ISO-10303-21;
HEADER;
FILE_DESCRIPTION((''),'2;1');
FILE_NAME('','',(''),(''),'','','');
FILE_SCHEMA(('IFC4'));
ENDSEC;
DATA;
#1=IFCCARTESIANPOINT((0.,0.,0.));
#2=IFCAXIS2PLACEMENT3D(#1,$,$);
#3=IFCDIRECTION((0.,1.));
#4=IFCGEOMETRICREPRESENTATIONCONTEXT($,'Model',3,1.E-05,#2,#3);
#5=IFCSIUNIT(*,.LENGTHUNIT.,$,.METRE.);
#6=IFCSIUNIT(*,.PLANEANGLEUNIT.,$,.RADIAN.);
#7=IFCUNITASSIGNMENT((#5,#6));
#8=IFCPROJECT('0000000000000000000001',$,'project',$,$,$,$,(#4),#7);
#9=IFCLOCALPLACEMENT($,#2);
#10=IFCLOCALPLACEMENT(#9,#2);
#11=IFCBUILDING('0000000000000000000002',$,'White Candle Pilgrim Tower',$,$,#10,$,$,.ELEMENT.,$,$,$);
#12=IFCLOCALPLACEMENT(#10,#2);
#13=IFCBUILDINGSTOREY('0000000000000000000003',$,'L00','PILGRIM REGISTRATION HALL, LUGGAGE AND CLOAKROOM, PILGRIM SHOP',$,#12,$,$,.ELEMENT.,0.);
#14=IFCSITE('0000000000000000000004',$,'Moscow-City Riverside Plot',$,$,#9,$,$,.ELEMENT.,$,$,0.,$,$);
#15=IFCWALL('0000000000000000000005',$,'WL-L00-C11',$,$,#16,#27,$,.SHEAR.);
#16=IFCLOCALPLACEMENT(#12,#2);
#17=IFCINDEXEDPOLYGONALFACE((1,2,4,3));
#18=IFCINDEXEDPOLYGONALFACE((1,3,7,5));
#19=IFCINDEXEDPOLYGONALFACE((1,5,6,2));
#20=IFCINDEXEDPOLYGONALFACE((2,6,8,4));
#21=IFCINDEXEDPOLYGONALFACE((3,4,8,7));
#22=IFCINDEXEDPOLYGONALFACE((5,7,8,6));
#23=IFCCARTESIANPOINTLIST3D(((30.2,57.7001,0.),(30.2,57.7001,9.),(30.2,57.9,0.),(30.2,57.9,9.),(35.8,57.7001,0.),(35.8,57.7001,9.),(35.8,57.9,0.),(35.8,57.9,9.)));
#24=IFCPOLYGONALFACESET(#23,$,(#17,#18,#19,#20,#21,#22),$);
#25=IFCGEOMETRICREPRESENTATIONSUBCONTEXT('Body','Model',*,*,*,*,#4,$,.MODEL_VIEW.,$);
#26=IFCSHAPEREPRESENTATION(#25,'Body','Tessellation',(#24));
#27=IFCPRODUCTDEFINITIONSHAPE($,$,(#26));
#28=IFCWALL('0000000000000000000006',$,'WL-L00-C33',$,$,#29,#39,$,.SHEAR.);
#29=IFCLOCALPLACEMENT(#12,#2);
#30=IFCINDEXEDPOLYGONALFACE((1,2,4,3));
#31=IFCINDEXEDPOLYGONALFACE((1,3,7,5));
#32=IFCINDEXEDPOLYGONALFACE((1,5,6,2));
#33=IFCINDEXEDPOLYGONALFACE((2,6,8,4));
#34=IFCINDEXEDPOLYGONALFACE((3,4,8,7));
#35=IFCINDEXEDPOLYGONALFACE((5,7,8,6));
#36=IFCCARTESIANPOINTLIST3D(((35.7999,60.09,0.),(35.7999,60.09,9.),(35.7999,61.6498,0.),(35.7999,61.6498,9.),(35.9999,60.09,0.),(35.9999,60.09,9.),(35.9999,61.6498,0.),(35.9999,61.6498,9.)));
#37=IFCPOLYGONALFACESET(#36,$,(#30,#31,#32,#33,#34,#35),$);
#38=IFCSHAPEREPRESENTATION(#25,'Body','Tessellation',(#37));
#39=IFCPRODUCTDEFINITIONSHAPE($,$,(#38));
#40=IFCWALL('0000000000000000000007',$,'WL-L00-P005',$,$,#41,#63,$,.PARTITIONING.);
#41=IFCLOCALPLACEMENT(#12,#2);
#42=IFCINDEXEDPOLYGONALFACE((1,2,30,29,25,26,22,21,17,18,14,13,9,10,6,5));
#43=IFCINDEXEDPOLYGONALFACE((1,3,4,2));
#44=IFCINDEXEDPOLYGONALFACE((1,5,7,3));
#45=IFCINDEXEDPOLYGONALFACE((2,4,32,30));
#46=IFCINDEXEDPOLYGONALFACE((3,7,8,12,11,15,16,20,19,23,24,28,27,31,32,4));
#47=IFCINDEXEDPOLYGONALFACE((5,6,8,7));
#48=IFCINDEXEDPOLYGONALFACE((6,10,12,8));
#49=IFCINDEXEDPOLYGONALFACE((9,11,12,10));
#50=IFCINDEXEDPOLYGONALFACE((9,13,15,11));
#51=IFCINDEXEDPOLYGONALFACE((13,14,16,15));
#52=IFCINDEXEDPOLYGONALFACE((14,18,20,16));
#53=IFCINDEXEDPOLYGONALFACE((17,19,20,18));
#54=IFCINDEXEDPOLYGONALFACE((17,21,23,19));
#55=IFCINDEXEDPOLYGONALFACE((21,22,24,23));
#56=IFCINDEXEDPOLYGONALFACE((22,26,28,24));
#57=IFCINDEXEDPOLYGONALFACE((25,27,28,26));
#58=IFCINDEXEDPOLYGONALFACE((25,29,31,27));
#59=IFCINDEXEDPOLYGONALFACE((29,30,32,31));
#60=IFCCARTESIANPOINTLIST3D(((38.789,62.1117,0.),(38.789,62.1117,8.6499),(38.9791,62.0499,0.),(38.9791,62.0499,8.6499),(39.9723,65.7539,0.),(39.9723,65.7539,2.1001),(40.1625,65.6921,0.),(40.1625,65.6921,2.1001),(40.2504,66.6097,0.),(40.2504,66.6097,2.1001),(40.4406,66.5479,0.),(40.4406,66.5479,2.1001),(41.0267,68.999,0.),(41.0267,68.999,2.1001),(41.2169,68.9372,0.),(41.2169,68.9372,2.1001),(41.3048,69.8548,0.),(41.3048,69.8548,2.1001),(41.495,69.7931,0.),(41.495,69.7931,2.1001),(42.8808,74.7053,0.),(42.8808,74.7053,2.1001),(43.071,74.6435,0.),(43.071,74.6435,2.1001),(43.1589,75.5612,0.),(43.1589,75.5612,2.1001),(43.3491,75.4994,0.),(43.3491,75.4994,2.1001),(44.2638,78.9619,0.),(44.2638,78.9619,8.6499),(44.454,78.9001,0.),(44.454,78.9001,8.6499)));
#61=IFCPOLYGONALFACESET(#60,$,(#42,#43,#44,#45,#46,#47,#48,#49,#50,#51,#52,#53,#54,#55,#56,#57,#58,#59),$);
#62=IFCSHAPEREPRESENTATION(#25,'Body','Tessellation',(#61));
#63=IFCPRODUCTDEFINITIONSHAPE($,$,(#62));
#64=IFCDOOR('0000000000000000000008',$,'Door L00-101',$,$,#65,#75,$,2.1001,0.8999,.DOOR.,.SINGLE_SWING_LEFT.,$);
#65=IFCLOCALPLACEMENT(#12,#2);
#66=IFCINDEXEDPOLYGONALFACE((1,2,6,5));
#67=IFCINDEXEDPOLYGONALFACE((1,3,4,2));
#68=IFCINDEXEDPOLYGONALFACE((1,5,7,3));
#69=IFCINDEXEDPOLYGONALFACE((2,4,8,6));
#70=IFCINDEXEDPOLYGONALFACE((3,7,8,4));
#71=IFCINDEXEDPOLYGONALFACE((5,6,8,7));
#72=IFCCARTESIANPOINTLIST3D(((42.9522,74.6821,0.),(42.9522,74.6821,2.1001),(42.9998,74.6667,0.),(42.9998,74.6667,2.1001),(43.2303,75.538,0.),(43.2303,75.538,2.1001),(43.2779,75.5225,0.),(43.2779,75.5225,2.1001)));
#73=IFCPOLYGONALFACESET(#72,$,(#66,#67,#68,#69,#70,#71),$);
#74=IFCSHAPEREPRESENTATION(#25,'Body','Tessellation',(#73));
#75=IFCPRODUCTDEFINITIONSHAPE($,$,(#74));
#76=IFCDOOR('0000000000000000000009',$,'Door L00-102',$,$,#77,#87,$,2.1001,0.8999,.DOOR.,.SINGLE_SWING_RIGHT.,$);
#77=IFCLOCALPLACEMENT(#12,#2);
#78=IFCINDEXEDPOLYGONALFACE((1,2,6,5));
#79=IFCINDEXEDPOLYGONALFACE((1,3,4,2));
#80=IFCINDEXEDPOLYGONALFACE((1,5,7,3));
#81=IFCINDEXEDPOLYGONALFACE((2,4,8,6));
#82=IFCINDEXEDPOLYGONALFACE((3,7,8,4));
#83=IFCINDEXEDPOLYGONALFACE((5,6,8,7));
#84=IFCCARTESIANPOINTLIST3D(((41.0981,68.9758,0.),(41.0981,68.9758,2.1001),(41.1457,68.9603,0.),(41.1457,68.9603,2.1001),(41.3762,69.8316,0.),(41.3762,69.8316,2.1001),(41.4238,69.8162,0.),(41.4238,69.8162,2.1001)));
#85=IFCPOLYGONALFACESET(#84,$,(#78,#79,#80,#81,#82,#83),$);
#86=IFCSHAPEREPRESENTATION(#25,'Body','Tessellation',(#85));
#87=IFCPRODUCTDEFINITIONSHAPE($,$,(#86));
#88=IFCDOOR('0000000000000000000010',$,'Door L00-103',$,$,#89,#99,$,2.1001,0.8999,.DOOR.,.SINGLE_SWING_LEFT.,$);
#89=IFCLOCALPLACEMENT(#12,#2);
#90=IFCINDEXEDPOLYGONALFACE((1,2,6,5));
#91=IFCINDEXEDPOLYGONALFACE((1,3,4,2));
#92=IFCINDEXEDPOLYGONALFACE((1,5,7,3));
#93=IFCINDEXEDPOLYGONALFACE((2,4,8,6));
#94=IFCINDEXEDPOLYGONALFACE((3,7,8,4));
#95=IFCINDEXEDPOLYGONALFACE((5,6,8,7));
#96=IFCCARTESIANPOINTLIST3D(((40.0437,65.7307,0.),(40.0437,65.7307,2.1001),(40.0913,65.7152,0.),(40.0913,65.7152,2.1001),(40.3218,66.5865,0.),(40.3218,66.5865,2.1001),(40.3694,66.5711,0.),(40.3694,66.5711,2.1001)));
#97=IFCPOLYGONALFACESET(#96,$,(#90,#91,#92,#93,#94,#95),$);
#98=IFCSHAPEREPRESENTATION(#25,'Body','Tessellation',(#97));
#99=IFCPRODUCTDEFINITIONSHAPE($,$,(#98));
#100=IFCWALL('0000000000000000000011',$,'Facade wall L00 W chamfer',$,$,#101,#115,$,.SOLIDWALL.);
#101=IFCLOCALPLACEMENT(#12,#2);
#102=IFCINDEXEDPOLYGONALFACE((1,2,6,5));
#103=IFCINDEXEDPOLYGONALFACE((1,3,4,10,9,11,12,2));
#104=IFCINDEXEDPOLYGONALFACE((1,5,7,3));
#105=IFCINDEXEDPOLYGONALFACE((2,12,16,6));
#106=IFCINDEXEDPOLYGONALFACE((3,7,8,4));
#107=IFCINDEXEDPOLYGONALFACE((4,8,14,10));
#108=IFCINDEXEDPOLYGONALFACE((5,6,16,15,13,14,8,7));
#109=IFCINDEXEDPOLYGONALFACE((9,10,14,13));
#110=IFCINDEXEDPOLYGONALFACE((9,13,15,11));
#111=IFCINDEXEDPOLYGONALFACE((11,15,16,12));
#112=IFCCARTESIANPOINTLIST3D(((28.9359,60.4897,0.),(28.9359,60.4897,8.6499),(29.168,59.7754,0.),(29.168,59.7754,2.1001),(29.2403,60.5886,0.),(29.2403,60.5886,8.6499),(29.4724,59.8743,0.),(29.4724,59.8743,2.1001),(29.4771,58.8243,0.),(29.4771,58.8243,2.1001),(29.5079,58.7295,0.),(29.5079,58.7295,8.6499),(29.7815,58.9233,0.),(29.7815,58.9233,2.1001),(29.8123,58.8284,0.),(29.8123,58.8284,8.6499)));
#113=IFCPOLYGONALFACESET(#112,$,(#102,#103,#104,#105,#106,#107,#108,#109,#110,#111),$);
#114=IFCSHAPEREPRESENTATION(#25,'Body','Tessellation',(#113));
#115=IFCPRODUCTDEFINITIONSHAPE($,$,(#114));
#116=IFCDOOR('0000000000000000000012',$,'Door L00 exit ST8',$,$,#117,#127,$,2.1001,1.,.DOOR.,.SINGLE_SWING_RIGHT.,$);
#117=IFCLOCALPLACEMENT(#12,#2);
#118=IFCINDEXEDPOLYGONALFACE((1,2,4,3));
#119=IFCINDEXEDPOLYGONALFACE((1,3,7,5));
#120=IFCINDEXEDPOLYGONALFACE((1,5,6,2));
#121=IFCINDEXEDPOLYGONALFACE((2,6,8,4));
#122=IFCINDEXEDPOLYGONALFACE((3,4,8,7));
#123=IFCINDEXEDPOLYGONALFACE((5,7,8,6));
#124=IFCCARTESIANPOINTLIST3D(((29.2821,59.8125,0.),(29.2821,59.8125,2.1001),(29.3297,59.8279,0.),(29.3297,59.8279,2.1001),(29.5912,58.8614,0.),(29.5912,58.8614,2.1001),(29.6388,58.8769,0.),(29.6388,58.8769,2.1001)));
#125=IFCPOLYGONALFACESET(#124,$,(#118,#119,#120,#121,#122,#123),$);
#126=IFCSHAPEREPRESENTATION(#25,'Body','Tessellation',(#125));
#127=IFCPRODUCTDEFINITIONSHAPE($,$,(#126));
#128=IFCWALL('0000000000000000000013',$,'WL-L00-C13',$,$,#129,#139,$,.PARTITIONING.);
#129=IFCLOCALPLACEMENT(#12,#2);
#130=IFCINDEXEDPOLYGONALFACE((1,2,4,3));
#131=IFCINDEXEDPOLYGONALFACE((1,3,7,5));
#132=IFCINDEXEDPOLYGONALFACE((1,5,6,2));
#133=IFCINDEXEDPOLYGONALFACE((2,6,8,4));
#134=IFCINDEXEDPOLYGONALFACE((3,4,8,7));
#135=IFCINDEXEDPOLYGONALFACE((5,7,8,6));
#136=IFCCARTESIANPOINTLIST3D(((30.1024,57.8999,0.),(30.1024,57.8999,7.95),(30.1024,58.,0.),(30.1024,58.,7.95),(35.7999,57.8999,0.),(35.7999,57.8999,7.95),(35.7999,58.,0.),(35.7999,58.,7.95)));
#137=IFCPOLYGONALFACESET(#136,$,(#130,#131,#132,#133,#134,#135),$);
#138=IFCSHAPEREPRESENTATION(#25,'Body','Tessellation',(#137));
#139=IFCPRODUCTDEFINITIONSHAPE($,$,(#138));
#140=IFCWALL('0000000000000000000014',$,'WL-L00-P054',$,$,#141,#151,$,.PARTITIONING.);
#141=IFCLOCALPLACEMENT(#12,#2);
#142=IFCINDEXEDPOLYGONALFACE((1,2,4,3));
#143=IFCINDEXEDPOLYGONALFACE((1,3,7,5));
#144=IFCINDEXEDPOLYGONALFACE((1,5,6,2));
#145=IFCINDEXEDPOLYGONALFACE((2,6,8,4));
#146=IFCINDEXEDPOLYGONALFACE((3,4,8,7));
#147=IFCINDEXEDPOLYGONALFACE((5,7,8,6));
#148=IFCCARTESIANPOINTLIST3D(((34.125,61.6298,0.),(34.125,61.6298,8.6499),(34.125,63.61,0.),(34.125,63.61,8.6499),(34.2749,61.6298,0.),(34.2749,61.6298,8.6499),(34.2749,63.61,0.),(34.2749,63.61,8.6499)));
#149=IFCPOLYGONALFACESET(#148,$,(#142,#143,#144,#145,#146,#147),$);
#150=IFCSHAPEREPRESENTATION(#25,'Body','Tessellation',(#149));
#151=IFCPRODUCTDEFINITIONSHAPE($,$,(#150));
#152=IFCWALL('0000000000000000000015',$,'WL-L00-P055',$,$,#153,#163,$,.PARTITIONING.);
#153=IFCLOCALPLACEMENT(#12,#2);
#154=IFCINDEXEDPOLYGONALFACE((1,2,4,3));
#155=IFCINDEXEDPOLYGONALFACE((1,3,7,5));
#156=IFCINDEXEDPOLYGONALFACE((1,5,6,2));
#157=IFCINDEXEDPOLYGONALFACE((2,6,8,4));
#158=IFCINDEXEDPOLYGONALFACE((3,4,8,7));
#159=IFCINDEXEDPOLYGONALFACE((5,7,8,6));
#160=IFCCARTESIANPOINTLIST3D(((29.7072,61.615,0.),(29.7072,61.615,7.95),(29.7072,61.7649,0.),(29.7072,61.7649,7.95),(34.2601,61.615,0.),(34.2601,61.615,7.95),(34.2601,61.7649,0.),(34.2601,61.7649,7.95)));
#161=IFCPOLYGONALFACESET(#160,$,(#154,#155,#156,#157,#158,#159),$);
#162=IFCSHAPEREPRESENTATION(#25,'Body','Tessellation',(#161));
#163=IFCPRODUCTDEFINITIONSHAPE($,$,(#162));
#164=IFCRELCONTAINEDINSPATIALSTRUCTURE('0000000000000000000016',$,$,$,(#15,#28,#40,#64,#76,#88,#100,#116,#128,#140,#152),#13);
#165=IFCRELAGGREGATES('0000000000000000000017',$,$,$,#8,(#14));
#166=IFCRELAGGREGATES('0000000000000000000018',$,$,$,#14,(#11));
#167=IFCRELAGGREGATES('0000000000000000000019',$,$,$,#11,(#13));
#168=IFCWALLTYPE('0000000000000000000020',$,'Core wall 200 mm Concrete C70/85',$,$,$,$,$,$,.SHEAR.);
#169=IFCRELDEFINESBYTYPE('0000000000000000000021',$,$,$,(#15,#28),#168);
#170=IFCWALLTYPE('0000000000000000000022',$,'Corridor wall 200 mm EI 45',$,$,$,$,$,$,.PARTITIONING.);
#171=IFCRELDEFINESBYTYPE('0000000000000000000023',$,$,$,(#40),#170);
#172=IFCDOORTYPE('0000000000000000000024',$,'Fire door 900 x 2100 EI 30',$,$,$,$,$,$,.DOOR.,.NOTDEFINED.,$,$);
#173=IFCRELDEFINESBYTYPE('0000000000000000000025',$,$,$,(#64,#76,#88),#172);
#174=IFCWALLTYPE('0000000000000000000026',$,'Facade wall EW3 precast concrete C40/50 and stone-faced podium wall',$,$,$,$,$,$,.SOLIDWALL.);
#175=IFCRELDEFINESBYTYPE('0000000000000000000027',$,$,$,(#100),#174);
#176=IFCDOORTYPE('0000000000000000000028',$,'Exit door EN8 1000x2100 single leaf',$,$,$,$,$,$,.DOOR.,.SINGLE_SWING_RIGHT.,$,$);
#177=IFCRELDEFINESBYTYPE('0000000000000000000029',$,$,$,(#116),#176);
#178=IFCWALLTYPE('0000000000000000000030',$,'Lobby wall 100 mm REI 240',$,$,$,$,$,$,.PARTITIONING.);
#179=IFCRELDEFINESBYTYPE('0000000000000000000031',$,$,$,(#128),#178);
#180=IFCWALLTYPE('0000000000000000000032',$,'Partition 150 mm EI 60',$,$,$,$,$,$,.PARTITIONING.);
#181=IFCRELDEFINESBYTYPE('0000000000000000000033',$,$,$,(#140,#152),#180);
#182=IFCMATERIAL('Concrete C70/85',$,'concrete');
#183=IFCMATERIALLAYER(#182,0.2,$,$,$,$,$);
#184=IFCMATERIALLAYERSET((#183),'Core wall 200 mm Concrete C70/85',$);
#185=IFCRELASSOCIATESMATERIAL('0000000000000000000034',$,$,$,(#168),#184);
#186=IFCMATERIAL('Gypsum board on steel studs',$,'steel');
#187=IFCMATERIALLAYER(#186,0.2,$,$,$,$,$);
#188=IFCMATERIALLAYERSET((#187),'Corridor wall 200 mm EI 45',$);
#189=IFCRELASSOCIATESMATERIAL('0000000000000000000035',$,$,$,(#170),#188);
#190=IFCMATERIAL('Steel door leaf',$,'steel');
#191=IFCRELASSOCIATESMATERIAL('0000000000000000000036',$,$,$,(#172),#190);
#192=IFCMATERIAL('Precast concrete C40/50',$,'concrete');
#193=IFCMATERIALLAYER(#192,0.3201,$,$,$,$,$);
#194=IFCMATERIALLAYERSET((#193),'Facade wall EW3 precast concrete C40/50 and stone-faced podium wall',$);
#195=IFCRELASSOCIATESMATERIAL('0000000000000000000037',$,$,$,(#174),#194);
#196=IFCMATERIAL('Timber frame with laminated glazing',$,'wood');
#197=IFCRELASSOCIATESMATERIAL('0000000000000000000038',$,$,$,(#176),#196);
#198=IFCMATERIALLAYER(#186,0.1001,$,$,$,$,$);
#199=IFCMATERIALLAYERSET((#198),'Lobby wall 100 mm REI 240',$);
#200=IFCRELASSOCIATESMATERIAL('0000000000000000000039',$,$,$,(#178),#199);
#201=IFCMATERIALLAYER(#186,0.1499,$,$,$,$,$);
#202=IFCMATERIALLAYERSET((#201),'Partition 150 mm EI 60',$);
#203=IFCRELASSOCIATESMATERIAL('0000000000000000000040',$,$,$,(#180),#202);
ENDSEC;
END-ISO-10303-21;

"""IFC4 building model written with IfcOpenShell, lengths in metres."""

from ifc_helpers import new_model, si_unit, direction, frame, frame_2d, origin, place, context, subcontext, project, spatial, rectangle, extrude, material, layer, layer_set, type_object, element, fill, save


model = new_model("IFC4")

# Units and contexts
model_context = context("Model", 3, precision=1e-05, world=origin(), true_north=direction((0.0, 1.0)))
body_context = subcontext(model_context, "Body", "Model", "MODEL_VIEW")
ifc_project = project(units=[si_unit("LENGTHUNIT", "METRE"), si_unit("PLANEANGLEUNIT", "RADIAN")], contexts=[model_context])

# Site, building, storey
site_placement = place(None, origin())
site = spatial("IfcSite", under=ifc_project, at=site_placement, Name="Moscow-City Riverside Plot", CompositionType="ELEMENT", RefElevation=0.0)
building_placement = place(site_placement, origin())
building = spatial("IfcBuilding", under=site, at=building_placement, Name="White Candle Pilgrim Tower", CompositionType="ELEMENT")
storey_placement = place(building_placement, origin())
storey = spatial("IfcBuildingStorey", under=building, at=storey_placement, Name="L00", Description="PILGRIM REGISTRATION HALL, LUGGAGE AND CLOAKROOM, PILGRIM SHOP", CompositionType="ELEMENT", Elevation=0.0)

# Walls
ifc_material_1 = material(Name="Concrete C70/85", Category="concrete")
ifc_layer_1 = layer(ifc_material_1, 0.2)
ifc_layer_set_1 = layer_set([ifc_layer_1], Name="Core wall 200 mm Concrete C70/85")
wall_type_1 = type_object("IfcWallType", Name="Core wall 200 mm Concrete C70/85", PredefinedType="SHEAR", material=ifc_layer_set_1)
wall_1_placement = place(storey_placement, frame((30.2, 57.8, 0.0), z_axis=(0.0, 0.0, 1.0), x_axis=(1.0, 0.0, 0.0)))
element("IfcWall", 1, at=wall_1_placement, inside=storey, type_object=wall_type_1, Name="WL-L00-C11", PredefinedType="SHEAR", context=body_context, shape_type="SweptSolid", body=[
    extrude(rectangle(XDim=5.6001, YDim=0.2, at=frame_2d((2.8, 0.0))), origin(), (0.0, 0.0, 1.0), 9.0),
])
wall_2_placement = place(storey_placement, frame((35.8999, 60.0901, 0.0), z_axis=(0.0, 0.0, 1.0), x_axis=(0.0, 1.0, 0.0)))
element("IfcWall", 2, at=wall_2_placement, inside=storey, type_object=wall_type_1, Name="WL-L00-C33", PredefinedType="SHEAR", context=body_context, shape_type="SweptSolid", body=[
    extrude(rectangle(XDim=1.5598, YDim=0.2, at=frame_2d((0.7798, 0.0))), origin(), (0.0, 0.0, 1.0), 9.0),
])

# Wall, openings, doors
ifc_material_2 = material(Name="Gypsum board on steel studs", Category="steel")
ifc_layer_2 = layer(ifc_material_2, 0.2)
ifc_layer_set_2 = layer_set([ifc_layer_2], Name="Corridor wall 200 mm EI 45")
wall_type_2 = type_object("IfcWallType", Name="Corridor wall 200 mm EI 45", PredefinedType="PARTITIONING", material=ifc_layer_set_2)
wall_3_placement = place(storey_placement, frame((38.884, 62.0808, 0.0), z_axis=(0.0, 0.0, 1.0), x_axis=(0.309013, 0.951058, 0.0)))
wall_3 = element("IfcWall", 3, at=wall_3_placement, inside=storey, type_object=wall_type_2, Name="WL-L00-P005", PredefinedType="PARTITIONING", context=body_context, shape_type="SweptSolid", body=[
    extrude(rectangle(XDim=17.7173, YDim=0.2, at=frame_2d((8.8586, 0.0))), origin(), (0.0, 0.0, 1.0), 8.6499),
])
opening_1_placement = place(wall_3_placement, frame((13.2417, 0.0, 0.0)))
opening_1 = element("IfcOpeningElement", 4, at=opening_1_placement, cuts=wall_3, PredefinedType="OPENING", context=body_context, shape_type="SweptSolid", body=[
    extrude(rectangle(XDim=0.8999, YDim=2.1001, at=frame_2d((0.45, 1.05))), frame((0.0, 0.1099, 0.0), z_axis=(0.0, -1.0, 0.0), x_axis=(1.0, 0.0, 0.0)), (0.0, 0.0, 1.0), 0.22),
])
opening_2_placement = place(wall_3_placement, frame((7.2417, 0.0, 0.0)))
opening_2 = element("IfcOpeningElement", 5, at=opening_2_placement, cuts=wall_3, PredefinedType="OPENING", context=body_context, shape_type="SweptSolid", body=[
    extrude(rectangle(XDim=0.8999, YDim=2.1001, at=frame_2d((0.45, 1.05))), frame((0.0, 0.1099, 0.0), z_axis=(0.0, -1.0, 0.0), x_axis=(1.0, 0.0, 0.0)), (0.0, 0.0, 1.0), 0.22),
])
opening_3_placement = place(wall_3_placement, frame((3.8296, 0.0, 0.0)))
opening_3 = element("IfcOpeningElement", 6, at=opening_3_placement, cuts=wall_3, PredefinedType="OPENING", context=body_context, shape_type="SweptSolid", body=[
    extrude(rectangle(XDim=0.8999, YDim=2.1001, at=frame_2d((0.45, 1.05))), frame((0.0, 0.1099, 0.0), z_axis=(0.0, -1.0, 0.0), x_axis=(1.0, 0.0, 0.0)), (0.0, 0.0, 1.0), 0.22),
])
ifc_material_3 = material(Name="Steel door leaf", Category="steel")
door_type_1 = type_object("IfcDoorType", Name="Fire door 900 x 2100 EI 30", OperationType="NOTDEFINED", PredefinedType="DOOR", material=ifc_material_3)
door_1_placement = place(opening_1_placement, origin())
door_1 = element("IfcDoor", 7, at=door_1_placement, inside=storey, type_object=door_type_1, Name="Door L00-101", OperationType="SINGLE_SWING_LEFT", OverallHeight=2.1001, OverallWidth=0.8999, PredefinedType="DOOR", context=body_context, shape_type="SweptSolid", body=[
    extrude(rectangle(XDim=0.8999, YDim=2.1001, at=frame_2d((0.45, 1.05))), frame((0.0, 0.0249, 0.0), z_axis=(0.0, -1.0, 0.0), x_axis=(1.0, 0.0, 0.0)), (0.0, 0.0, 1.0), 0.05),
])
fill(opening_1, door_1)
door_2_placement = place(opening_2_placement, origin())
door_2 = element("IfcDoor", 8, at=door_2_placement, inside=storey, type_object=door_type_1, Name="Door L00-102", OperationType="SINGLE_SWING_RIGHT", OverallHeight=2.1001, OverallWidth=0.8999, PredefinedType="DOOR", context=body_context, shape_type="SweptSolid", body=[
    extrude(rectangle(XDim=0.8999, YDim=2.1001, at=frame_2d((0.45, 1.05))), frame((0.0, 0.0249, 0.0), z_axis=(0.0, -1.0, 0.0), x_axis=(1.0, 0.0, 0.0)), (0.0, 0.0, 1.0), 0.05),
])
fill(opening_2, door_2)
door_3_placement = place(opening_3_placement, origin())
door_3 = element("IfcDoor", 9, at=door_3_placement, inside=storey, type_object=door_type_1, Name="Door L00-103", OperationType="SINGLE_SWING_LEFT", OverallHeight=2.1001, OverallWidth=0.8999, PredefinedType="DOOR", context=body_context, shape_type="SweptSolid", body=[
    extrude(rectangle(XDim=0.8999, YDim=2.1001, at=frame_2d((0.45, 1.05))), frame((0.0, 0.0249, 0.0), z_axis=(0.0, -1.0, 0.0), x_axis=(1.0, 0.0, 0.0)), (0.0, 0.0, 1.0), 0.05),
])
fill(opening_3, door_3)

# Wall, opening, door
ifc_material_4 = material(Name="Precast concrete C40/50", Category="concrete")
ifc_layer_3 = layer(ifc_material_4, 0.3201)
ifc_layer_set_3 = layer_set([ifc_layer_3], Name="Facade wall EW3 precast concrete C40/50 and stone-faced podium wall")
wall_type_3 = type_object("IfcWallType", Name="Facade wall EW3 precast concrete C40/50 and stone-faced podium wall", PredefinedType="SOLIDWALL", material=ifc_layer_set_3)
wall_4_placement = place(storey_placement, frame((29.0881, 60.5391, 0.0), z_axis=(0.0, 0.0, 1.0), x_axis=(0.309056, -0.951044, 0.0)))
wall_4 = element("IfcWall", 10, at=wall_4_placement, inside=storey, type_object=wall_type_3, Name="Facade wall L00 W chamfer", PredefinedType="SOLIDWALL", context=body_context, shape_type="SweptSolid", body=[
    extrude(rectangle(XDim=1.8508, YDim=0.3201, at=frame_2d((0.9253, 0.0))), origin(), (0.0, 0.0, 1.0), 8.6499),
])
opening_4_placement = place(wall_4_placement, frame((0.751, 0.0, 0.0)))
opening_4 = element("IfcOpeningElement", 11, at=opening_4_placement, cuts=wall_4, PredefinedType="OPENING", context=body_context, shape_type="SweptSolid", body=[
    extrude(rectangle(XDim=1.0, YDim=2.1001, at=frame_2d((0.5, 1.05))), frame((0.0, 0.1699, 0.0), z_axis=(0.0, -1.0, 0.0), x_axis=(1.0, 0.0, 0.0)), (0.0, 0.0, 1.0), 0.3401),
])
ifc_material_5 = material(Name="Timber frame with laminated glazing", Category="wood")
door_type_2 = type_object("IfcDoorType", Name="Exit door EN8 1000x2100 single leaf", OperationType="SINGLE_SWING_RIGHT", PredefinedType="DOOR", material=ifc_material_5)
door_4_placement = place(opening_4_placement, frame((1.0, 0.0, 0.0), z_axis=(0.0, 0.0, 1.0), x_axis=(-1.0, 0.0, 0.0)))
door_4 = element("IfcDoor", 12, at=door_4_placement, inside=storey, type_object=door_type_2, Name="Door L00 exit ST8", OperationType="SINGLE_SWING_RIGHT", OverallHeight=2.1001, OverallWidth=1.0, PredefinedType="DOOR", context=body_context, shape_type="SweptSolid", body=[
    extrude(rectangle(XDim=1.0, YDim=2.1001, at=frame_2d((0.5, 1.05))), frame((0.0, 0.04, 0.0), z_axis=(0.0, -1.0, 0.0), x_axis=(1.0, 0.0, 0.0)), (0.0, 0.0, 1.0), 0.05),
])
fill(opening_4, door_4)

# Walls
ifc_layer_4 = layer(ifc_material_2, 0.1001)
ifc_layer_set_4 = layer_set([ifc_layer_4], Name="Lobby wall 100 mm REI 240")
wall_type_4 = type_object("IfcWallType", Name="Lobby wall 100 mm REI 240", PredefinedType="PARTITIONING", material=ifc_layer_set_4)
wall_5_placement = place(storey_placement, frame((30.1025, 57.95, 0.0), z_axis=(0.0, 0.0, 1.0), x_axis=(1.0, 0.0, 0.0)))
element("IfcWall", 13, at=wall_5_placement, inside=storey, type_object=wall_type_4, Name="WL-L00-C13", PredefinedType="PARTITIONING", context=body_context, shape_type="SweptSolid", body=[
    extrude(rectangle(XDim=5.6975, YDim=0.1001, at=frame_2d((2.8486, 0.0))), origin(), (0.0, 0.0, 1.0), 7.95),
])
ifc_layer_5 = layer(ifc_material_2, 0.1499)
ifc_layer_set_5 = layer_set([ifc_layer_5], Name="Partition 150 mm EI 60")
wall_type_5 = type_object("IfcWallType", Name="Partition 150 mm EI 60", PredefinedType="PARTITIONING", material=ifc_layer_set_5)
wall_6_placement = place(storey_placement, frame((34.2, 63.6101, 0.0), z_axis=(0.0, 0.0, 1.0), x_axis=(0.0, -1.0, 0.0)))
element("IfcWall", 14, at=wall_6_placement, inside=storey, type_object=wall_type_5, Name="WL-L00-P054", PredefinedType="PARTITIONING", context=body_context, shape_type="SweptSolid", body=[
    extrude(rectangle(XDim=1.9802, YDim=0.1499, at=frame_2d((0.9902, 0.0))), origin(), (0.0, 0.0, 1.0), 8.6499),
])
wall_7_placement = place(storey_placement, frame((34.26, 61.6899, 0.0), z_axis=(0.0, 0.0, 1.0), x_axis=(-1.0, 0.0, 0.0)))
element("IfcWall", 15, at=wall_7_placement, inside=storey, type_object=wall_type_5, Name="WL-L00-P055", PredefinedType="PARTITIONING", context=body_context, shape_type="SweptSolid", body=[
    extrude(rectangle(XDim=4.553, YDim=0.1499, at=frame_2d((2.2764, 0.0))), origin(), (0.0, 0.0, 1.0), 7.95),
])

save(model, "model.ifc")
